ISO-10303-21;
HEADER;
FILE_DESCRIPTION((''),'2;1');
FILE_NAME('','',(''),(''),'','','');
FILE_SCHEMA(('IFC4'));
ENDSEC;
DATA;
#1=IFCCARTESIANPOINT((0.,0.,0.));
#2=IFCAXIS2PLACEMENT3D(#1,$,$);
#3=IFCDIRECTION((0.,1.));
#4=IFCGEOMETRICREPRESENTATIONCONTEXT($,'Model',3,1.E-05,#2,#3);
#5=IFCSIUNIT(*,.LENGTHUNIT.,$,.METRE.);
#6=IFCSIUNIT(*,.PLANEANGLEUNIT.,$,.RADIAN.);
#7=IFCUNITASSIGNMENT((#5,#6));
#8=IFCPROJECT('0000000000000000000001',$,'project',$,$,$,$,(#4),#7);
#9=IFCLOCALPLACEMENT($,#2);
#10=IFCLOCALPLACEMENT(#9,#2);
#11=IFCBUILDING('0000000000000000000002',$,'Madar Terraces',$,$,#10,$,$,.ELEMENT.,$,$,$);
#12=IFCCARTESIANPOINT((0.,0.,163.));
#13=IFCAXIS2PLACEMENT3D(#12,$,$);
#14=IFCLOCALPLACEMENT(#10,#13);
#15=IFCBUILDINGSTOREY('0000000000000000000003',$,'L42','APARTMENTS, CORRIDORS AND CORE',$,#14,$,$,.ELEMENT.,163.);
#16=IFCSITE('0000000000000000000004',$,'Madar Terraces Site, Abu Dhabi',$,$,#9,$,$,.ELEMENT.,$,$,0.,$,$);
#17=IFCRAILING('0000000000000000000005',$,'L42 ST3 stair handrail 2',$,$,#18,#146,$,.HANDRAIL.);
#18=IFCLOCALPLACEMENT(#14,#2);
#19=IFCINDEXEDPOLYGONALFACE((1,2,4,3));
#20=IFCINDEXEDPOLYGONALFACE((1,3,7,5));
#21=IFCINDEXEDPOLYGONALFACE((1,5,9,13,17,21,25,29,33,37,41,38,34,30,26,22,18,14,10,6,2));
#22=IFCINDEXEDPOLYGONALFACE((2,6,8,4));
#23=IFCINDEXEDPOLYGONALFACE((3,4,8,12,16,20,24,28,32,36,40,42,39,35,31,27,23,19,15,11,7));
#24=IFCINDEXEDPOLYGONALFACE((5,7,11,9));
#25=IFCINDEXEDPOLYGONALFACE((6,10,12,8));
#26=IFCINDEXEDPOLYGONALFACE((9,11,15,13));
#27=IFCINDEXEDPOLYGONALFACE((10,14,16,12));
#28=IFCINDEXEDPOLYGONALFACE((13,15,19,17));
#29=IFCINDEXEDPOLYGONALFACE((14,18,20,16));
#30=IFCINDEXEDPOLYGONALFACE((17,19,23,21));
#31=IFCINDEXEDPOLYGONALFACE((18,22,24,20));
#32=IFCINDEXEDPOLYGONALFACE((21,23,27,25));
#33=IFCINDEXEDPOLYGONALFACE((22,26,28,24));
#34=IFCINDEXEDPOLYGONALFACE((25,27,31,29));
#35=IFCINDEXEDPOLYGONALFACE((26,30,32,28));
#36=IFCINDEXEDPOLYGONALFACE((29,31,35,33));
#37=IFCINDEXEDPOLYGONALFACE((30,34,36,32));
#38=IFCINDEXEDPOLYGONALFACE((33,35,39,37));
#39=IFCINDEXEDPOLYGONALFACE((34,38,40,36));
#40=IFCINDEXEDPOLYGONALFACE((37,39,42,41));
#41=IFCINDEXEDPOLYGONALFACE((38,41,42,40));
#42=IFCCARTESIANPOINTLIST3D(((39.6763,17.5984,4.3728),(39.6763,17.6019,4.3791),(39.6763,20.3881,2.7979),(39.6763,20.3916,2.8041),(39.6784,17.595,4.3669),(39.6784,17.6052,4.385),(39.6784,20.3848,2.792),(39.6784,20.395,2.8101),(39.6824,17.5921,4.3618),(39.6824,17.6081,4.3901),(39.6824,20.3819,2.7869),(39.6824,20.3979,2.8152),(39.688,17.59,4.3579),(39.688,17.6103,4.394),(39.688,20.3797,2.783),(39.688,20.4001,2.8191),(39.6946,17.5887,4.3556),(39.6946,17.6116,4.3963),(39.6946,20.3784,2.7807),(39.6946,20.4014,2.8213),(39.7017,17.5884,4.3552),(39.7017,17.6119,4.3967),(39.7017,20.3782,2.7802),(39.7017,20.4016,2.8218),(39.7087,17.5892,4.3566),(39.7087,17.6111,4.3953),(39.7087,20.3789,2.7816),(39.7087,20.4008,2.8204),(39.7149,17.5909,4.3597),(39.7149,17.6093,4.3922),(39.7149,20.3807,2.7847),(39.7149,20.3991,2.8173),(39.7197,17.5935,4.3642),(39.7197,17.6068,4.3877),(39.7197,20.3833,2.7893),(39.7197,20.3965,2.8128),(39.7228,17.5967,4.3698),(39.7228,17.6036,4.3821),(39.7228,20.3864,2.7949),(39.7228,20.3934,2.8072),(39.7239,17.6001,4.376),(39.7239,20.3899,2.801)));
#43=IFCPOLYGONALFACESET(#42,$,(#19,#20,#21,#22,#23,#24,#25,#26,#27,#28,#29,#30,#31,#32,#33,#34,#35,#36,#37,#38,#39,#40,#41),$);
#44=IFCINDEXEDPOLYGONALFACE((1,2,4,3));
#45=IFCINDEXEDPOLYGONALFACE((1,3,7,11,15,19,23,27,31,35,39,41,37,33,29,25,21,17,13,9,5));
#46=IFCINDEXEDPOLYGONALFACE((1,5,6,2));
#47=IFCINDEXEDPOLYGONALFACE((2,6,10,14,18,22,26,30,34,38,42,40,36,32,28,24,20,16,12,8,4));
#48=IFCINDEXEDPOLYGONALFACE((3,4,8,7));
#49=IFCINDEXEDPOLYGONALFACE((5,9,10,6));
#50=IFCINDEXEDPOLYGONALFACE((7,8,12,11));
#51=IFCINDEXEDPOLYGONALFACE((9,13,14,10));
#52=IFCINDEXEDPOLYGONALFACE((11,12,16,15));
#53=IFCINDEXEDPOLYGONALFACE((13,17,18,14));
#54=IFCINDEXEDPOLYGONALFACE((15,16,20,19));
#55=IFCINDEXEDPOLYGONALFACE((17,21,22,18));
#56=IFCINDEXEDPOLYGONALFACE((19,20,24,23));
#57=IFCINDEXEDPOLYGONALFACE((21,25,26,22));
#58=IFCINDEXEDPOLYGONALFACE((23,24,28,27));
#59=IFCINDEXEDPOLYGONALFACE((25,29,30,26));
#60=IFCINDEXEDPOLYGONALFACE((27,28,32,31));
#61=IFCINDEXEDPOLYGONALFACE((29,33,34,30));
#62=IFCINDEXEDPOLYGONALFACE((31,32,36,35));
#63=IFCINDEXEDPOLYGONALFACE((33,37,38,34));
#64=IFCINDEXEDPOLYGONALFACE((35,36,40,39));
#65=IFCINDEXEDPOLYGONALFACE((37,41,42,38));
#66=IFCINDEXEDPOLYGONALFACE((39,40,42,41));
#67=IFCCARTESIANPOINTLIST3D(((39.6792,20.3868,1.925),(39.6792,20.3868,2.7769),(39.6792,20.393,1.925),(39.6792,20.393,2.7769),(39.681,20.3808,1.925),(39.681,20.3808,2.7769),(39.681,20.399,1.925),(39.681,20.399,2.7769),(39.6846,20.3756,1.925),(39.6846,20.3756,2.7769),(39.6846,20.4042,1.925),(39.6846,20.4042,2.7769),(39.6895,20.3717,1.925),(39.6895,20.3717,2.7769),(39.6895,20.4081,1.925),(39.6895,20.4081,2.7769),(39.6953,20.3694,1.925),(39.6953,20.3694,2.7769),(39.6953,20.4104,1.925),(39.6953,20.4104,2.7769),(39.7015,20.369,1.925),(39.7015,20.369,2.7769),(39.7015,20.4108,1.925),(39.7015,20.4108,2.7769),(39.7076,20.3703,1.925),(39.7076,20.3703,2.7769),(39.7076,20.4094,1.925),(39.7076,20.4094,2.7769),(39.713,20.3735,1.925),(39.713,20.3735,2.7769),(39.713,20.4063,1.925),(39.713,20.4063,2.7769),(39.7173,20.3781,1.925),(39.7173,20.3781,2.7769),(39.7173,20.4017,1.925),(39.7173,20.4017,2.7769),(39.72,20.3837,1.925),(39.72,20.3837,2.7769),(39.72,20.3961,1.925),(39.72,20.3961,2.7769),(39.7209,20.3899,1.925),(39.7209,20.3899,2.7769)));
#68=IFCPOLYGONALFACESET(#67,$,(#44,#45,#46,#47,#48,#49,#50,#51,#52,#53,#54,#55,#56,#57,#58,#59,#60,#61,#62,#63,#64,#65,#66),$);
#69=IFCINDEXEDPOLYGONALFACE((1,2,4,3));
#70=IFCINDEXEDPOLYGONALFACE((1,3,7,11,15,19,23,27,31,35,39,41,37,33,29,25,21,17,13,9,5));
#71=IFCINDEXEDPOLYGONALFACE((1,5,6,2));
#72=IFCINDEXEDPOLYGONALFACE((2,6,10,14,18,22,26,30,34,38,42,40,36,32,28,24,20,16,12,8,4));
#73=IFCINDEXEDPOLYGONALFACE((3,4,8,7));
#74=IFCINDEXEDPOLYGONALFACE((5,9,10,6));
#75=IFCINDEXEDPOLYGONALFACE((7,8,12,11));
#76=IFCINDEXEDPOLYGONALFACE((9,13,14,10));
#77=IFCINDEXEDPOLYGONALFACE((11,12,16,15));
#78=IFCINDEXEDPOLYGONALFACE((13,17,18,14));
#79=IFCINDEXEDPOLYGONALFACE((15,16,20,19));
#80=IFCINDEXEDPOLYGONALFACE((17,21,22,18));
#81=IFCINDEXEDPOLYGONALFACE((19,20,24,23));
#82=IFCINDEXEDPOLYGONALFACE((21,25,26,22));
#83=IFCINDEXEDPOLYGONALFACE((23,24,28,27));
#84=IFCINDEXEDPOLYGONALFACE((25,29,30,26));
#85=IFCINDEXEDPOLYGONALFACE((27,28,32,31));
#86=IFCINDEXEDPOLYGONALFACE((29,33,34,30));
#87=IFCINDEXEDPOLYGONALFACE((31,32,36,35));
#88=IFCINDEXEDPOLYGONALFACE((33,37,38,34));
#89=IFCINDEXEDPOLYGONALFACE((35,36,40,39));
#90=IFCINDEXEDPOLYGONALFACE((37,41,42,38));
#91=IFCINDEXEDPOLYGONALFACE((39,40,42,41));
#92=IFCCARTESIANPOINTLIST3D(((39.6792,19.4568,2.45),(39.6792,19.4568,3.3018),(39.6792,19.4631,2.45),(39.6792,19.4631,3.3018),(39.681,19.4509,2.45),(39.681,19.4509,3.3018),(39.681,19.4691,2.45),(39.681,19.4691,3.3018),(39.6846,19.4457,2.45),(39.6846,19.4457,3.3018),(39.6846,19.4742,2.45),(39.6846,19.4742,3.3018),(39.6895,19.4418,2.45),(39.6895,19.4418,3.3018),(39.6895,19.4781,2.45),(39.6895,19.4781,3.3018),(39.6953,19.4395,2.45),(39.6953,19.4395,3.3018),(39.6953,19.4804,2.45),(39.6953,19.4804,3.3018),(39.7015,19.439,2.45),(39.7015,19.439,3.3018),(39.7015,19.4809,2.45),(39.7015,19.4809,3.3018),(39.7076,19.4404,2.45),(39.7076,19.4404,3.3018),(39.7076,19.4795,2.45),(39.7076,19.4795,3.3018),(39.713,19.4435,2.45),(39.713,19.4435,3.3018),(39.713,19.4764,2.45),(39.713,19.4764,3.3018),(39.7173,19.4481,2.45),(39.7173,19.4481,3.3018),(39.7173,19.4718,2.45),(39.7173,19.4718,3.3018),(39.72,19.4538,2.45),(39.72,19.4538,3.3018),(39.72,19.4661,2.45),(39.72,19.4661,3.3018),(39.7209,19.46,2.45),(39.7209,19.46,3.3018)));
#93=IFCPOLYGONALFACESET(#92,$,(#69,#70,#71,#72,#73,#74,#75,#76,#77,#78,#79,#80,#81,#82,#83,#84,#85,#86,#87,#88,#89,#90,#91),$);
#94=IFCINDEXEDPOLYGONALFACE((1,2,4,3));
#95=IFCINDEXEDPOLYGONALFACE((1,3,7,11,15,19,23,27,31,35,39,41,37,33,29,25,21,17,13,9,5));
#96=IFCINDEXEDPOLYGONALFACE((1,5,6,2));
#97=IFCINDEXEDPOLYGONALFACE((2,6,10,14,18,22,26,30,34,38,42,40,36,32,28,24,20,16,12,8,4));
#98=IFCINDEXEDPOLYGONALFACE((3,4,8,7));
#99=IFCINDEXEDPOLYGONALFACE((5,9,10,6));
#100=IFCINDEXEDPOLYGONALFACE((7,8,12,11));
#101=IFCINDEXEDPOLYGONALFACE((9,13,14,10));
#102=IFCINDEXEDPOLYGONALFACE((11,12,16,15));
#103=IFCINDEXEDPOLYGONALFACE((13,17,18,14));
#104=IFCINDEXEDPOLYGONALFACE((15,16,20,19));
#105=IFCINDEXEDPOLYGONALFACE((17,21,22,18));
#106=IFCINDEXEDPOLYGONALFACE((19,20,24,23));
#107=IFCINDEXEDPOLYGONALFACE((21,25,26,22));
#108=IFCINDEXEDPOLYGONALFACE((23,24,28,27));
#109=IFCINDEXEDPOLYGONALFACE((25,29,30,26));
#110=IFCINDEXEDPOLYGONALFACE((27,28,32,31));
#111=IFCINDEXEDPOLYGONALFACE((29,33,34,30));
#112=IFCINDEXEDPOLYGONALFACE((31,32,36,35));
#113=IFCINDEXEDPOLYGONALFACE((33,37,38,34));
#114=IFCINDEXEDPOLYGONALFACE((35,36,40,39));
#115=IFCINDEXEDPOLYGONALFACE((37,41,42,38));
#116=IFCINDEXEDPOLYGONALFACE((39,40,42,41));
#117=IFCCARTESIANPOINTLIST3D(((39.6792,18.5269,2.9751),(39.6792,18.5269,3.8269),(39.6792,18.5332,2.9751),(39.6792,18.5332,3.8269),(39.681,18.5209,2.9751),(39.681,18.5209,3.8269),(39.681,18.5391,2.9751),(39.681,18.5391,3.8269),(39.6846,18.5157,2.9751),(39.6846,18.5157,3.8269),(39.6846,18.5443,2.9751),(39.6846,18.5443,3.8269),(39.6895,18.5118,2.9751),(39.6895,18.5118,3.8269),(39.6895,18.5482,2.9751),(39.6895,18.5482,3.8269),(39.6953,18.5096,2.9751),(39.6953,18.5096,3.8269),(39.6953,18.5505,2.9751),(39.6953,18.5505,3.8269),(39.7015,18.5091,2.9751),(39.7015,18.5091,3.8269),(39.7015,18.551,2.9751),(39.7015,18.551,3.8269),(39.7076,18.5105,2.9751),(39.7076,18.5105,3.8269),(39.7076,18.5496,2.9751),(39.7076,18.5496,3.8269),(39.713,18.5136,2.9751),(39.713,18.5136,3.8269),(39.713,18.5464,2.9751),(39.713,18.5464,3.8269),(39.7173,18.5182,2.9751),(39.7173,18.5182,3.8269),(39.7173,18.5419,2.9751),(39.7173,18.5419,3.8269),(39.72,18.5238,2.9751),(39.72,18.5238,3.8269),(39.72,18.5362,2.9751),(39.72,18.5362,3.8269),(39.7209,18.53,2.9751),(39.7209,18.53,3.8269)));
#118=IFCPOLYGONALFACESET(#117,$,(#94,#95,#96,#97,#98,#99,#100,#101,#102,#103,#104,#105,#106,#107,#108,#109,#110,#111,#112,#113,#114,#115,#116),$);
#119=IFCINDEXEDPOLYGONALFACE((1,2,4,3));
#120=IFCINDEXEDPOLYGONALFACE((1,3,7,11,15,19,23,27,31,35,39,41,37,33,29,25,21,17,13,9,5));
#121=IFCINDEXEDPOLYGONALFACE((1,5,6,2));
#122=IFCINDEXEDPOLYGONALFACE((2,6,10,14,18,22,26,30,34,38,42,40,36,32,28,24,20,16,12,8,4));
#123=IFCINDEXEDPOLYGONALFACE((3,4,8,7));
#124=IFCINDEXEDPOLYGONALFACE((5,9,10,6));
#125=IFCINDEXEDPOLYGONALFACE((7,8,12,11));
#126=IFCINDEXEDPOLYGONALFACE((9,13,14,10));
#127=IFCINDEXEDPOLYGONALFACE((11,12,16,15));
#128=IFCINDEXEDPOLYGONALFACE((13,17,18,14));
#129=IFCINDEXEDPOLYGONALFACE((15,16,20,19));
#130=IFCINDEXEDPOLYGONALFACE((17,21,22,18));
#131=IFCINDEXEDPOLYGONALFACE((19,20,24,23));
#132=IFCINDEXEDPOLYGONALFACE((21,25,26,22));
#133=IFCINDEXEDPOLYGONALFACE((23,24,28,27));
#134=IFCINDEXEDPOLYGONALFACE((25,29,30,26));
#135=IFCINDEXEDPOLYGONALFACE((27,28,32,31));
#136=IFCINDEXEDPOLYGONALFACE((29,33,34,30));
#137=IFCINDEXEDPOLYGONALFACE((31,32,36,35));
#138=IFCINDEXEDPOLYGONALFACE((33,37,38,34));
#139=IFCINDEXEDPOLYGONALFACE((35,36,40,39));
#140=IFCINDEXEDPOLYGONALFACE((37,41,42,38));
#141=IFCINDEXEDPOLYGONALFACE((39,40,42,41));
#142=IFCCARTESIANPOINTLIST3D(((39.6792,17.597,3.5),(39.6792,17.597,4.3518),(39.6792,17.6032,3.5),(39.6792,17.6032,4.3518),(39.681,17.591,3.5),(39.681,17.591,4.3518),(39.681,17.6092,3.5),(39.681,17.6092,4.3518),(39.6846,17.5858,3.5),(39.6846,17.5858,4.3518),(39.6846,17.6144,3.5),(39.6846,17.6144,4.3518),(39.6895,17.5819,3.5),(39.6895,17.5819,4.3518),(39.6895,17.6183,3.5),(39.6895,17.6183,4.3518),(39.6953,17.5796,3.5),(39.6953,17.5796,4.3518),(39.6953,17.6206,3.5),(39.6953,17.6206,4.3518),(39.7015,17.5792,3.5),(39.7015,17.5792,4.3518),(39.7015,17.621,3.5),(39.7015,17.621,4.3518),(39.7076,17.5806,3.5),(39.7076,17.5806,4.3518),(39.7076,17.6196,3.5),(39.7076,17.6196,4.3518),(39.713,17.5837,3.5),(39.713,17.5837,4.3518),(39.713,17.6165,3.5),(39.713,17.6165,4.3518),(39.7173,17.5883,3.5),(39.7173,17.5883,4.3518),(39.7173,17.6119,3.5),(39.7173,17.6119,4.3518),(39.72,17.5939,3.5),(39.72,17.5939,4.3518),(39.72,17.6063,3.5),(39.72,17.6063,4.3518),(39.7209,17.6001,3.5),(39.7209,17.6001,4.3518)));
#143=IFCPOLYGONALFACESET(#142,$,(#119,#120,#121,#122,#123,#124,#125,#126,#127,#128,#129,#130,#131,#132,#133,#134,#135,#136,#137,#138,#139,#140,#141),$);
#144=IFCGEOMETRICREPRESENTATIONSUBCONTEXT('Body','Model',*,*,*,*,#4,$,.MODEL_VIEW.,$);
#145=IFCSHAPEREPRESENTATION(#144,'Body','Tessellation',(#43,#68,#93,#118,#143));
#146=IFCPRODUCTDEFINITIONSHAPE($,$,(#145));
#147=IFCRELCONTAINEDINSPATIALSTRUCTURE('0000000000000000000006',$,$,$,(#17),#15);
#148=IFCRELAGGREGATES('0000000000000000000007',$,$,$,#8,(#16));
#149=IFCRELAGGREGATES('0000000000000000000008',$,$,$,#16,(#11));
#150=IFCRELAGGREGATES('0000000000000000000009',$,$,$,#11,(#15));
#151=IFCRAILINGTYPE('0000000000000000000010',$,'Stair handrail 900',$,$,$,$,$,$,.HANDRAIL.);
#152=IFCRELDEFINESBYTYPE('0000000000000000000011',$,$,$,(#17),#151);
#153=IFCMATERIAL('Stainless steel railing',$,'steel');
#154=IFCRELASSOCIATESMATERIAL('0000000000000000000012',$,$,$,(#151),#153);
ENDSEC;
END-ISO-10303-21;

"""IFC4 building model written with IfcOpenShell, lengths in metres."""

from ifc_helpers import new_model, si_unit, direction, frame, origin, origin_2d, place, context, subcontext, project, spatial, circle, extrude, material, type_object, element, save


model = new_model("IFC4")

# Units and contexts
model_context = context("Model", 3, precision=1e-05, world=origin(), true_north=direction((0.0, 1.0)))
body_context = subcontext(model_context, "Body", "Model", "MODEL_VIEW")
ifc_project = project(units=[si_unit("LENGTHUNIT", "METRE"), si_unit("PLANEANGLEUNIT", "RADIAN")], contexts=[model_context])

# Site, building, storey
site_placement = place(None, origin())
site = spatial("IfcSite", under=ifc_project, at=site_placement, Name="Madar Terraces Site, Abu Dhabi", CompositionType="ELEMENT", RefElevation=0.0)
building_placement = place(site_placement, origin())
building = spatial("IfcBuilding", under=site, at=building_placement, Name="Madar Terraces", CompositionType="ELEMENT")
storey_placement = place(building_placement, frame((0.0, 0.0, 163.0)))
storey = spatial("IfcBuildingStorey", under=building, at=storey_placement, Name="L42", Description="APARTMENTS, CORRIDORS AND CORE", CompositionType="ELEMENT", Elevation=163.0)

# Railing
ifc_material_1 = material(Name="Stainless steel railing", Category="steel")
railing_type_1 = type_object("IfcRailingType", Name="Stair handrail 900", PredefinedType="HANDRAIL", material=ifc_material_1)
railing_1_placement = place(storey_placement, frame((39.7, 20.3899, 1.925)))
element("IfcRailing", 1, at=railing_1_placement, inside=storey, type_object=railing_type_1, Name="L42 ST3 stair handrail 2", PredefinedType="HANDRAIL", context=body_context, shape_type="SweptSolid", body=[
    extrude(circle(Radius=0.0239, at=origin_2d()), frame((0.0, 0.0, 0.876), z_axis=(0.0, -0.870815, 0.49161), x_axis=(1.0, 0.0, 0.0)), (0.0, 0.0, 1.0), 3.2036),
    extrude(circle(Radius=0.021, at=origin_2d()), origin(), (0.0, 0.0, 1.0), 0.8518),
    extrude(circle(Radius=0.021, at=origin_2d()), frame((0.0, -0.9299, 0.5249)), (0.0, 0.0, 1.0), 0.8518),
    extrude(circle(Radius=0.021, at=origin_2d()), frame((0.0, -1.8599, 1.05)), (0.0, 0.0, 1.0), 0.8518),
    extrude(circle(Radius=0.021, at=origin_2d()), frame((0.0, -2.7898, 1.575)), (0.0, 0.0, 1.0), 0.8518),
])

save(model, "model.ifc")
